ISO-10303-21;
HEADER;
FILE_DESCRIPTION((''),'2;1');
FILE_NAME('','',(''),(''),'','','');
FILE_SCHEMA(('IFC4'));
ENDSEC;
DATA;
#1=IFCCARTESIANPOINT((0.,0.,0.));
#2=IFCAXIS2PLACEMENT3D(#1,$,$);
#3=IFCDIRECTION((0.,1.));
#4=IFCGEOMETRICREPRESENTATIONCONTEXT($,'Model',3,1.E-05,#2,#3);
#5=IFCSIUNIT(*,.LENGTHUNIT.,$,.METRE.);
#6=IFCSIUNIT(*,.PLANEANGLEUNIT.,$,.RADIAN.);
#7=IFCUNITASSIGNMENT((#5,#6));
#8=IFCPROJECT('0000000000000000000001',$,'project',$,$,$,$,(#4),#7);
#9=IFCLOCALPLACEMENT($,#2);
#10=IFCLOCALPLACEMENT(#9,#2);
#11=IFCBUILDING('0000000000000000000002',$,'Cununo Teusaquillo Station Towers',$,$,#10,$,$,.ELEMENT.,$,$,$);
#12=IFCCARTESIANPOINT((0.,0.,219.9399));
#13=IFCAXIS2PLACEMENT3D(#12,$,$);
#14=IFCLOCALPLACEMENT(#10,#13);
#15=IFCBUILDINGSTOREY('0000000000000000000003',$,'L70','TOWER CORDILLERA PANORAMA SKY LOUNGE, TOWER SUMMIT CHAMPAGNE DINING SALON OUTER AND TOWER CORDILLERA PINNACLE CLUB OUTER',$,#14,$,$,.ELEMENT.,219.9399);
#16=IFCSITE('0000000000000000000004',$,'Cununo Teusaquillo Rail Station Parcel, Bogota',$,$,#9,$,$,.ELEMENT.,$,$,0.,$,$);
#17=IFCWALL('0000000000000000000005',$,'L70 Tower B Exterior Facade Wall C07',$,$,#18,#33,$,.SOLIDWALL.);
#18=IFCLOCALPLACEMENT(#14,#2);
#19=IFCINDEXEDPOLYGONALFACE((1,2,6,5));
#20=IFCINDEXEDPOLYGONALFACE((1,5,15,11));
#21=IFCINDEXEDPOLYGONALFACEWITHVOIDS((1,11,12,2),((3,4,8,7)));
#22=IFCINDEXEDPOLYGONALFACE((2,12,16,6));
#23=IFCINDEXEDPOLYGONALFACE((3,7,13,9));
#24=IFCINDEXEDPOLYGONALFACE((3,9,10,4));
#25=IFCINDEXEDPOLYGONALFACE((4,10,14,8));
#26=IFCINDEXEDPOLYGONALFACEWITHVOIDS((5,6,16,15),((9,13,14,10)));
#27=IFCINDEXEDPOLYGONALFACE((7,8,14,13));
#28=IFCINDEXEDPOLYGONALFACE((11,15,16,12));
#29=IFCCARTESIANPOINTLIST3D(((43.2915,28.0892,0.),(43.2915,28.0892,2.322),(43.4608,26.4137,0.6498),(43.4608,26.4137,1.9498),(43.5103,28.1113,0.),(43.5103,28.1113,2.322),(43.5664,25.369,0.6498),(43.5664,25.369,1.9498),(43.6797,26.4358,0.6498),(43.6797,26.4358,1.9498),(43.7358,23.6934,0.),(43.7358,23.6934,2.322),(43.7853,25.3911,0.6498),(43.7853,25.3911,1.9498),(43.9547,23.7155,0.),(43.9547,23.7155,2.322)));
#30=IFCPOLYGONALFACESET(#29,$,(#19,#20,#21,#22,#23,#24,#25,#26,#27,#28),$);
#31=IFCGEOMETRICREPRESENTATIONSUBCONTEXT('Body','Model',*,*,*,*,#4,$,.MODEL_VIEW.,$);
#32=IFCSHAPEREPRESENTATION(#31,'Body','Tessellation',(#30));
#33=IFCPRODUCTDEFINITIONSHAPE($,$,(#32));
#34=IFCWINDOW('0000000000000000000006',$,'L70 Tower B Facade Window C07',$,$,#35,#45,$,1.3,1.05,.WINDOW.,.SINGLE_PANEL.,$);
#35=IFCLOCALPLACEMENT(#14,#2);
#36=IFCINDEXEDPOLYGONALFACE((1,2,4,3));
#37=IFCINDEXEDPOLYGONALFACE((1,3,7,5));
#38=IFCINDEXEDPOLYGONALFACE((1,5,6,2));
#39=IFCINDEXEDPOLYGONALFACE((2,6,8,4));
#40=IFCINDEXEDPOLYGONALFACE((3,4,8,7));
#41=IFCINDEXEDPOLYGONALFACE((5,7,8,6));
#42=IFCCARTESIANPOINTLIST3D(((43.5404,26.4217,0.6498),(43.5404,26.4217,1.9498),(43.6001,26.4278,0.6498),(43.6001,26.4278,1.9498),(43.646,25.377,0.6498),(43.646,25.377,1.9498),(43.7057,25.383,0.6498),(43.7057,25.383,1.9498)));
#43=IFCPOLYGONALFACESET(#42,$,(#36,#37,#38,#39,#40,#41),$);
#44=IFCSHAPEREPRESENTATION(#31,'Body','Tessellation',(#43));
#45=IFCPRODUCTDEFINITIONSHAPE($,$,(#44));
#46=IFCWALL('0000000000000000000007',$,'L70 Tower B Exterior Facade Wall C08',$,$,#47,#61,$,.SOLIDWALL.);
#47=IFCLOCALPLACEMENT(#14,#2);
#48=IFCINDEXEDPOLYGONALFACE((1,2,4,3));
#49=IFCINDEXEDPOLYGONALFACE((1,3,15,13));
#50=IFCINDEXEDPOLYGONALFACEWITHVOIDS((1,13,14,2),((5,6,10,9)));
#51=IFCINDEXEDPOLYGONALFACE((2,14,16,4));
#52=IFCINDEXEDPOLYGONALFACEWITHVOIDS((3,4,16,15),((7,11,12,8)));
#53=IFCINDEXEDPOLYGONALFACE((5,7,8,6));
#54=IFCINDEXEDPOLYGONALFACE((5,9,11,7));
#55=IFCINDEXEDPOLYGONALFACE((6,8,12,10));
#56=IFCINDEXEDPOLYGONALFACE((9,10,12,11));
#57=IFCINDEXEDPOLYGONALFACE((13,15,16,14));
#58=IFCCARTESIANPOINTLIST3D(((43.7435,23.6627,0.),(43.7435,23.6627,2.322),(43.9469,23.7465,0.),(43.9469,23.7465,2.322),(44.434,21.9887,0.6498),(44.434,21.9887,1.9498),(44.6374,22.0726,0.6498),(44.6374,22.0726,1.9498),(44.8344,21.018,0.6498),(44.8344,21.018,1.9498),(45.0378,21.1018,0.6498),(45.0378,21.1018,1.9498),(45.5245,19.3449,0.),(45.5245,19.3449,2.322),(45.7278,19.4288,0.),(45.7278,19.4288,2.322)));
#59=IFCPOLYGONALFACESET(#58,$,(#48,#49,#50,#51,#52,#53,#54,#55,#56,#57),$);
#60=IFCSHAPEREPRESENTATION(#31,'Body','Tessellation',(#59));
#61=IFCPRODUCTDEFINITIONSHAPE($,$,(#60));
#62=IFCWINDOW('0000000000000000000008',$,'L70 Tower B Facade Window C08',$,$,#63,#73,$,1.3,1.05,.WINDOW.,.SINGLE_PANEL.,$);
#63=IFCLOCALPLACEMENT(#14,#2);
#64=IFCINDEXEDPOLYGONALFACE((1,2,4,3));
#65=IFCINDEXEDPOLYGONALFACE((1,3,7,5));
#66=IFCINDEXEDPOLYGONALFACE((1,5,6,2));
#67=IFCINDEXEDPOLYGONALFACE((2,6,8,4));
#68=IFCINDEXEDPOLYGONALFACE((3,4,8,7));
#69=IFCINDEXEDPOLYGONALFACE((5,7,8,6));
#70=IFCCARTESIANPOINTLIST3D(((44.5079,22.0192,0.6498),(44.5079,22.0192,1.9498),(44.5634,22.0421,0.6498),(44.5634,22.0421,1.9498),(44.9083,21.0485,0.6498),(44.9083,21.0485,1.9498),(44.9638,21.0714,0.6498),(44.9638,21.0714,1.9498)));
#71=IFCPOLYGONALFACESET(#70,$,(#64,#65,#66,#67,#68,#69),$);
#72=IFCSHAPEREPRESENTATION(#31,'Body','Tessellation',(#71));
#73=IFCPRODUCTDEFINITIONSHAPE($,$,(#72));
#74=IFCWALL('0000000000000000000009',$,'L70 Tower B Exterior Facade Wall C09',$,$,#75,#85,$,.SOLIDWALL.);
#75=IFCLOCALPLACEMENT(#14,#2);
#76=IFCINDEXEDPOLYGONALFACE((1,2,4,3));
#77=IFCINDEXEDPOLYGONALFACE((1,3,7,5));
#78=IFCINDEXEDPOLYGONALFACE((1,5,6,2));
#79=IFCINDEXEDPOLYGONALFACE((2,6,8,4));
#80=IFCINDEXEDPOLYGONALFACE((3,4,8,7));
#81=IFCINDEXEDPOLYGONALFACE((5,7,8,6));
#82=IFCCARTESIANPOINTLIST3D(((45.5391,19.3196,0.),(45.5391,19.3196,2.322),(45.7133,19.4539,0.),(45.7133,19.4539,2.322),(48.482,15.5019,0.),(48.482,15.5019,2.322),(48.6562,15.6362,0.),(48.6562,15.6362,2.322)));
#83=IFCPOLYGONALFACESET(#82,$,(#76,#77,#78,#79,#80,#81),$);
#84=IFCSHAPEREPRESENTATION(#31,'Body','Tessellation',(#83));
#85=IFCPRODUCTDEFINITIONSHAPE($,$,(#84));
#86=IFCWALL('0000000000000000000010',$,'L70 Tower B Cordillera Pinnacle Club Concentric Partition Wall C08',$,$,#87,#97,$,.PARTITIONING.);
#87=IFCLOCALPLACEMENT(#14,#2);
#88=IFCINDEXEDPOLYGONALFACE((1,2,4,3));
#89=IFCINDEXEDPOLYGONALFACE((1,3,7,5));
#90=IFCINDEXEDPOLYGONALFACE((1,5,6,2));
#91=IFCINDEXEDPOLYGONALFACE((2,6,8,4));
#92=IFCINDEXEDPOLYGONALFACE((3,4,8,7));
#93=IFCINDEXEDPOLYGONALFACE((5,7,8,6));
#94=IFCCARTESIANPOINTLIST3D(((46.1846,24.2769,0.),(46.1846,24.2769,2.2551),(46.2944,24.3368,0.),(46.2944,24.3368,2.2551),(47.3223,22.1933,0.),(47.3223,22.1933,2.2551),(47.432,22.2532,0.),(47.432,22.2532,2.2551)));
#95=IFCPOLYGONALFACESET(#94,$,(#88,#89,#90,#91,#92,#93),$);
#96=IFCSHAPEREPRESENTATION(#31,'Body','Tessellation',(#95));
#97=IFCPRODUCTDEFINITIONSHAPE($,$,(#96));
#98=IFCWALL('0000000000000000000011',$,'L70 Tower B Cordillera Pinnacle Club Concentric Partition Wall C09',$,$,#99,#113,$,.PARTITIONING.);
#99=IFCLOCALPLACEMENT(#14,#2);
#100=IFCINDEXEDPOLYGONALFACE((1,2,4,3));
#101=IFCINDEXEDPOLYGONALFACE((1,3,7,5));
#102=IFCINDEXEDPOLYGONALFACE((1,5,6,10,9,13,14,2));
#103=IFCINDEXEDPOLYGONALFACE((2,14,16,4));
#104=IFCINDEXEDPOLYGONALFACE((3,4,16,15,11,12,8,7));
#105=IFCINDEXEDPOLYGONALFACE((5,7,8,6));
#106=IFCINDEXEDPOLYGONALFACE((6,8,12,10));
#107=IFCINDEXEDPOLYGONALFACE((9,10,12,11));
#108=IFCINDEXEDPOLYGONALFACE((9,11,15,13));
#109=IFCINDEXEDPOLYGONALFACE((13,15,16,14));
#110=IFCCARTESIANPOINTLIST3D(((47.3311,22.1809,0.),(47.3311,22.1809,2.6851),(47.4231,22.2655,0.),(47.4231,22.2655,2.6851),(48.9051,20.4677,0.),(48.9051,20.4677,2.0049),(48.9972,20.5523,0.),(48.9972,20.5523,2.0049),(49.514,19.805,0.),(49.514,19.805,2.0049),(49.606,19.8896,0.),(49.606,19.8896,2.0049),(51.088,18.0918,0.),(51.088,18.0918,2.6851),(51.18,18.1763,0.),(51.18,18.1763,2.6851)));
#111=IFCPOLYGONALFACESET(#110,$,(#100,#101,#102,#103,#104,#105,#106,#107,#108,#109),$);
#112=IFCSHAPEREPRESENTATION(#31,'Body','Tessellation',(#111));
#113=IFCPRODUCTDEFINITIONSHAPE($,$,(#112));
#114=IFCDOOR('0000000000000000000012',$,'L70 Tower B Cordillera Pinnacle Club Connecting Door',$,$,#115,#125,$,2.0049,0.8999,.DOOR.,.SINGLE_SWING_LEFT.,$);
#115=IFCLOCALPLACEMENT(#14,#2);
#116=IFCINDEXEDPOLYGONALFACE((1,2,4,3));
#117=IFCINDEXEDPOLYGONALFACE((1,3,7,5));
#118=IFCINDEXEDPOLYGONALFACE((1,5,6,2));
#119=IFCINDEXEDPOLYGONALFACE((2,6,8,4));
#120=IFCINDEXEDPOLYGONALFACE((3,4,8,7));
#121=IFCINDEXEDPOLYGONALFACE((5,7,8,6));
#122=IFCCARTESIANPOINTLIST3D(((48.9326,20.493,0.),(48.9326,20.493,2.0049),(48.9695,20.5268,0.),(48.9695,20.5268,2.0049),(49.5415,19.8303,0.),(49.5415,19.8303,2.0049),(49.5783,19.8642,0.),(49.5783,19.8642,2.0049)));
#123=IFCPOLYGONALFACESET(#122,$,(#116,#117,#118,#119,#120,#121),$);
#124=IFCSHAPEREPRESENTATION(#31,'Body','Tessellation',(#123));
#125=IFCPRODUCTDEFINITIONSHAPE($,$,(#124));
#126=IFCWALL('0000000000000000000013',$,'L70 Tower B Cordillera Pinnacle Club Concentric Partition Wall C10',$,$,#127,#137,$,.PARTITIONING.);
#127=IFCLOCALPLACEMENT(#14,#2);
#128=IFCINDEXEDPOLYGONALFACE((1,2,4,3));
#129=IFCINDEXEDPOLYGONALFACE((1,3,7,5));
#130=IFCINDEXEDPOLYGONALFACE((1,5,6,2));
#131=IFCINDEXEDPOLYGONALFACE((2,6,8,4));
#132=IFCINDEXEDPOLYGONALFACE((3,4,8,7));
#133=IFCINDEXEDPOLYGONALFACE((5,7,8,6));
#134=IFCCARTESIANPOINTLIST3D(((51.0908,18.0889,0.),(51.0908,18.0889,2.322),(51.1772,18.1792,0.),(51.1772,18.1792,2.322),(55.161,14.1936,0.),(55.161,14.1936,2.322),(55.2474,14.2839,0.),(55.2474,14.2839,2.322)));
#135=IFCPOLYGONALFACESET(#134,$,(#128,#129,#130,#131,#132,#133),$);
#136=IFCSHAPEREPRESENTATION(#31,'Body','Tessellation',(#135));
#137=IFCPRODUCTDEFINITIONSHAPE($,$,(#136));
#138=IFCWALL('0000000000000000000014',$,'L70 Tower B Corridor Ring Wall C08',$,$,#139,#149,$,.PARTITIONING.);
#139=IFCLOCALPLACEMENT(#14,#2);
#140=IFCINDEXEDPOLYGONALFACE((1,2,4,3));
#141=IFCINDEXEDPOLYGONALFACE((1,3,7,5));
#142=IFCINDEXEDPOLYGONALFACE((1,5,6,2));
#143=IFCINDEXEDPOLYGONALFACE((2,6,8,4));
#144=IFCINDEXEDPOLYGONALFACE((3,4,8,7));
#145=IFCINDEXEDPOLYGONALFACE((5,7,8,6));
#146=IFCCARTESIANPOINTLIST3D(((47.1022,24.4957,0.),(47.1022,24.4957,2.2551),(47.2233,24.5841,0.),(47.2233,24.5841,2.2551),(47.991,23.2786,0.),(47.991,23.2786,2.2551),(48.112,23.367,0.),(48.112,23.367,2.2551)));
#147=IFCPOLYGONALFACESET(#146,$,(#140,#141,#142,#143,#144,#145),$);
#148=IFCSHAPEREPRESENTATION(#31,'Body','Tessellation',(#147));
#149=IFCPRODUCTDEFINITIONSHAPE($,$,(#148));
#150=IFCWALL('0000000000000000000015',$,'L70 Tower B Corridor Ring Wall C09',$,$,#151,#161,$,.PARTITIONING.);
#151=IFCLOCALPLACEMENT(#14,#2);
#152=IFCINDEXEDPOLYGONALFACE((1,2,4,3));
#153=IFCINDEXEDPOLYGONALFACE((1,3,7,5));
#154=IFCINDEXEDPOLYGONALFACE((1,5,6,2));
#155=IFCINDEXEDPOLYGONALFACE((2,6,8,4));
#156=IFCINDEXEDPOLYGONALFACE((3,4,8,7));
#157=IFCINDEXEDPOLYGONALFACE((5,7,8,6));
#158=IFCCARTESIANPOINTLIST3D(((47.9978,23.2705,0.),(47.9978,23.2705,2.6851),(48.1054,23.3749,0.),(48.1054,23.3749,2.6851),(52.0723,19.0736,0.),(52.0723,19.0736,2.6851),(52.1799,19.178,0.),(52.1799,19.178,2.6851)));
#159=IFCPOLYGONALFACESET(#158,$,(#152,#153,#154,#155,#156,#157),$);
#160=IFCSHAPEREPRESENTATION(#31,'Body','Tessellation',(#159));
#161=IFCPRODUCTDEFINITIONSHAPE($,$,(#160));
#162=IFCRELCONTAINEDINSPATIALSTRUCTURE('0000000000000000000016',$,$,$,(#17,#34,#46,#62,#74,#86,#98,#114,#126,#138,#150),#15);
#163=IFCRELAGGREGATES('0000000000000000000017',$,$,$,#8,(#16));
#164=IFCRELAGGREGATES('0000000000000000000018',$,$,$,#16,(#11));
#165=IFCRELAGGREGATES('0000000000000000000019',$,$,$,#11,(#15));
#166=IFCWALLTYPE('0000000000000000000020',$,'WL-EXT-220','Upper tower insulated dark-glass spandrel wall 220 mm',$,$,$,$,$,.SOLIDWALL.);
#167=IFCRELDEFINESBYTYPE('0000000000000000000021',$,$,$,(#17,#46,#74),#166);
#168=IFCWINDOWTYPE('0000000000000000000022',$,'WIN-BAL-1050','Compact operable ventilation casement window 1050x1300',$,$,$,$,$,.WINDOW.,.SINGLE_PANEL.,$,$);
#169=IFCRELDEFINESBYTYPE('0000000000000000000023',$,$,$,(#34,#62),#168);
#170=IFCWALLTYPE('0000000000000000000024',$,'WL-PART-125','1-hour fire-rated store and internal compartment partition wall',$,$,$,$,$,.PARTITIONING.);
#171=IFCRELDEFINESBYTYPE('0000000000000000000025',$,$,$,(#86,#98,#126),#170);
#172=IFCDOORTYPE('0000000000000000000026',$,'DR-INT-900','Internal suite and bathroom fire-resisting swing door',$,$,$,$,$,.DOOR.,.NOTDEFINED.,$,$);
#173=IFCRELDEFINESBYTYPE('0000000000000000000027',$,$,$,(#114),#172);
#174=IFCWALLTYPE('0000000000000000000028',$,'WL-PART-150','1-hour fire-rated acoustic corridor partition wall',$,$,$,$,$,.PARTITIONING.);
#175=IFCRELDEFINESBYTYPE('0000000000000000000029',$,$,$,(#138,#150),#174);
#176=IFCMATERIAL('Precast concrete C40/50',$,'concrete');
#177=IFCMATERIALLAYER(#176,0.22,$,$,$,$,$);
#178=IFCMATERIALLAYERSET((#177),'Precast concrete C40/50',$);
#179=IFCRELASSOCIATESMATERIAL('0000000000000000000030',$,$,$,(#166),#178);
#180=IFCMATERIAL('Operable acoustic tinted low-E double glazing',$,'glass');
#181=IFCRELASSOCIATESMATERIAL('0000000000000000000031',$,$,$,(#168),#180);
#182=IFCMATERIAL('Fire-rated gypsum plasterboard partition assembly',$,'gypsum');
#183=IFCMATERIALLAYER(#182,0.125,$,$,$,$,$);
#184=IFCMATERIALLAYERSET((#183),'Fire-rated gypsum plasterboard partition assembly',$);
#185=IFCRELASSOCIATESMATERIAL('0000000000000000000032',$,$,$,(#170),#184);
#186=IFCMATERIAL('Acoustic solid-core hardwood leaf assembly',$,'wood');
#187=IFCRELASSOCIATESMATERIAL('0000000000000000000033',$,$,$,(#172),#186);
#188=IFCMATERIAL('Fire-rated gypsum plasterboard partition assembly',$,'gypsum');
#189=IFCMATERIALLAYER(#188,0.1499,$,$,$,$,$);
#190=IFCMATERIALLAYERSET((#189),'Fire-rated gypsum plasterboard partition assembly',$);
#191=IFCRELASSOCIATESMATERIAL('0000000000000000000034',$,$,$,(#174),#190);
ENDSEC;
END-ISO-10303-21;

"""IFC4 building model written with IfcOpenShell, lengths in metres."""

from ifc_helpers import new_model, si_unit, direction, frame, frame_2d, origin, place, context, subcontext, project, spatial, rectangle, extrude, source, transform, mapped, material, layer, layer_set, type_object, element, fill, save


model = new_model("IFC4")

# Units and contexts
model_context = context("Model", 3, precision=1e-05, world=origin(), true_north=direction((0.0, 1.0)))
body_context = subcontext(model_context, "Body", "Model", "MODEL_VIEW")
ifc_project = project(units=[si_unit("LENGTHUNIT", "METRE"), si_unit("PLANEANGLEUNIT", "RADIAN")], contexts=[model_context])

# Site, building, storey
site_placement = place(None, origin())
site = spatial("IfcSite", under=ifc_project, at=site_placement, Name="Cununo Teusaquillo Rail Station Parcel, Bogota", CompositionType="ELEMENT", RefElevation=0.0)
building_placement = place(site_placement, origin())
building = spatial("IfcBuilding", under=site, at=building_placement, Name="Cununo Teusaquillo Station Towers", CompositionType="ELEMENT")
storey_placement = place(building_placement, frame((0.0, 0.0, 219.9399)))
storey = spatial("IfcBuildingStorey", under=building, at=storey_placement, Name="L70", Description="TOWER CORDILLERA PANORAMA SKY LOUNGE, TOWER SUMMIT CHAMPAGNE DINING SALON OUTER AND TOWER CORDILLERA PINNACLE CLUB OUTER", CompositionType="ELEMENT", Elevation=219.9399)

# Shared definitions
ifc_material_1 = material(Name="Precast concrete C40/50", Category="concrete")
ifc_layer_1 = layer(ifc_material_1, 0.22)
ifc_layer_set_1 = layer_set([ifc_layer_1], Name="Precast concrete C40/50")
wall_type_1 = type_object("IfcWallType", Name="WL-EXT-220", Description="Upper tower insulated dark-glass spandrel wall 220 mm", PredefinedType="SOLIDWALL", material=ifc_layer_set_1)

# Walls, openings, windows
shared_shape_1 = source(origin(), body_context, "Body", "SweptSolid", [
    extrude(rectangle(XDim=1.05, YDim=1.3, at=frame_2d((0.5249, 0.6499))), frame((0.0, 0.1199, 0.0), z_axis=(0.0, -1.0, 0.0), x_axis=(1.0, 0.0, 0.0)), (0.0, 0.0, 1.0), 0.24),
])
ifc_material_2 = material(Name="Operable acoustic tinted low-E double glazing", Category="glass")
window_type = type_object("IfcWindowType", Name="WIN-BAL-1050", Description="Compact operable ventilation casement window 1050x1300", PartitioningType="SINGLE_PANEL", PredefinedType="WINDOW", material=ifc_material_2)
shared_shape_2 = source(origin(), body_context, "Body", "SweptSolid", [
    extrude(rectangle(XDim=1.05, YDim=1.3, at=frame_2d((0.5249, 0.6499))), frame((0.0, 0.03, 0.0), z_axis=(0.0, -1.0, 0.0), x_axis=(1.0, 0.0, 0.0)), (0.0, 0.0, 1.0), 0.0601),
])
wall_1_placement = place(storey_placement, frame((43.8452, 23.7046, 0.0), z_axis=(0.0, 0.0, 1.0), x_axis=(-0.100571, 0.99493, 0.0)))
wall_1 = element("IfcWall", 1, at=wall_1_placement, inside=storey, type_object=wall_type_1, Name="L70 Tower B Exterior Facade Wall C07", PredefinedType="SOLIDWALL", context=body_context, shape_type="SweptSolid", body=[
    extrude(rectangle(XDim=4.4182, YDim=0.22, at=frame_2d((2.209, 0.0))), origin(), (0.0, 0.0, 1.0), 2.322),
])
opening_1_placement = place(wall_1_placement, frame((1.6841, 0.0, 0.6499)))
opening_1 = element("IfcOpeningElement", 2, at=opening_1_placement, cuts=wall_1, PredefinedType="OPENING", context=body_context, shape_type="MappedRepresentation", body=[
    mapped(shared_shape_1, transform((0.0, 0.0, 0.0), x_axis=(1.0, 0.0, 0.0), y_axis=(0.0, 1.0, 0.0), z_axis=(0.0, 0.0, 1.0), scale=1.0)),
])
window_1_placement = place(opening_1_placement, origin())
window_1 = element("IfcWindow", 3, at=window_1_placement, inside=storey, type_object=window_type, Name="L70 Tower B Facade Window C07", OverallHeight=1.3, OverallWidth=1.05, PartitioningType="SINGLE_PANEL", PredefinedType="WINDOW", context=body_context, shape_type="MappedRepresentation", body=[
    mapped(shared_shape_2, transform((0.0, 0.0, 0.0), x_axis=(1.0, 0.0, 0.0), y_axis=(0.0, 1.0, 0.0), z_axis=(0.0, 0.0, 1.0), scale=1.0)),
])
fill(opening_1, window_1)
wall_2_placement = place(storey_placement, frame((45.6262, 19.3867, 0.0), z_axis=(0.0, 0.0, 1.0), x_axis=(-0.38131, 0.924447, 0.0)))
wall_2 = element("IfcWall", 4, at=wall_2_placement, inside=storey, type_object=wall_type_1, Name="L70 Tower B Exterior Facade Wall C08", PredefinedType="SOLIDWALL", context=body_context, shape_type="SweptSolid", body=[
    extrude(rectangle(XDim=4.6707, YDim=0.22, at=frame_2d((2.3354, 0.0))), origin(), (0.0, 0.0, 1.0), 2.322),
])
opening_2_placement = place(wall_2_placement, frame((1.8101, 0.0, 0.6499)))
opening_2 = element("IfcOpeningElement", 5, at=opening_2_placement, cuts=wall_2, PredefinedType="OPENING", context=body_context, shape_type="MappedRepresentation", body=[
    mapped(shared_shape_1, transform((0.0, 0.0, 0.0), x_axis=(1.0, 0.0, 0.0), y_axis=(0.0, 1.0, 0.0), z_axis=(0.0, 0.0, 1.0), scale=1.0)),
])
window_2_placement = place(opening_2_placement, origin())
window_2 = element("IfcWindow", 6, at=window_2_placement, inside=storey, type_object=window_type, Name="L70 Tower B Facade Window C08", OverallHeight=1.3, OverallWidth=1.05, PartitioningType="SINGLE_PANEL", PredefinedType="WINDOW", context=body_context, shape_type="MappedRepresentation", body=[
    mapped(shared_shape_2, transform((0.0, 0.0, 0.0), x_axis=(1.0, 0.0, 0.0), y_axis=(0.0, 1.0, 0.0), z_axis=(0.0, 0.0, 1.0), scale=1.0)),
])
fill(opening_2, window_2)

# Walls
wall_3_placement = place(storey_placement, frame((48.5691, 15.5691, 0.0), z_axis=(0.0, 0.0, 1.0), x_axis=(-0.610523, 0.791998, 0.0)))
element("IfcWall", 7, at=wall_3_placement, inside=storey, type_object=wall_type_1, Name="L70 Tower B Exterior Facade Wall C09", PredefinedType="SOLIDWALL", context=body_context, shape_type="SweptSolid", body=[
    extrude(rectangle(XDim=4.8203, YDim=0.22, at=frame_2d((2.4102, 0.0))), origin(), (0.0, 0.0, 1.0), 2.322),
])
ifc_material_3 = material(Name="Fire-rated gypsum plasterboard partition assembly", Category="gypsum")
ifc_layer_2 = layer(ifc_material_3, 0.125)
ifc_layer_set_2 = layer_set([ifc_layer_2], Name="Fire-rated gypsum plasterboard partition assembly")
wall_type_2 = type_object("IfcWallType", Name="WL-PART-125", Description="1-hour fire-rated store and internal compartment partition wall", PredefinedType="PARTITIONING", material=ifc_layer_set_2)
wall_4_placement = place(storey_placement, frame((46.2395, 24.3069, 0.0), z_axis=(0.0, 0.0, 1.0), x_axis=(0.479212, -0.877699, 0.0)))
element("IfcWall", 8, at=wall_4_placement, inside=storey, type_object=wall_type_2, Name="L70 Tower B Cordillera Pinnacle Club Concentric Partition Wall C08", PredefinedType="PARTITIONING", context=body_context, shape_type="SweptSolid", body=[
    extrude(rectangle(XDim=2.374, YDim=0.125, at=frame_2d((1.187, 0.0))), origin(), (0.0, 0.0, 1.0), 2.2551),
])

# Wall, opening, door
wall_5_placement = place(storey_placement, frame((47.3772, 22.2231, 0.0), z_axis=(0.0, 0.0, 1.0), x_axis=(0.676554, -0.736393, 0.0)))
wall_5 = element("IfcWall", 9, at=wall_5_placement, inside=storey, type_object=wall_type_2, Name="L70 Tower B Cordillera Pinnacle Club Concentric Partition Wall C09", PredefinedType="PARTITIONING", context=body_context, shape_type="SweptSolid", body=[
    extrude(rectangle(XDim=5.553, YDim=0.125, at=frame_2d((2.7764, 0.0))), origin(), (0.0, 0.0, 1.0), 2.6851),
])
shared_shape_3 = source(origin(), body_context, "Body", "SweptSolid", [
    extrude(rectangle(XDim=0.8999, YDim=2.0049, at=frame_2d((0.45, 1.0024))), frame((0.0, 0.0725, 0.0), z_axis=(0.0, -1.0, 0.0), x_axis=(1.0, 0.0, 0.0)), (0.0, 0.0, 1.0), 0.145),
])
opening_3_placement = place(wall_5_placement, frame((2.3264, 0.0, 0.0)))
opening_3 = element("IfcOpeningElement", 10, at=opening_3_placement, cuts=wall_5, PredefinedType="OPENING", context=body_context, shape_type="MappedRepresentation", body=[
    mapped(shared_shape_3, transform((0.0, 0.0, 0.0), x_axis=(1.0, 0.0, 0.0), y_axis=(0.0, 1.0, 0.0), z_axis=(0.0, 0.0, 1.0), scale=1.0)),
])
ifc_material_4 = material(Name="Acoustic solid-core hardwood leaf assembly", Category="wood")
door_type_1 = type_object("IfcDoorType", Name="DR-INT-900", Description="Internal suite and bathroom fire-resisting swing door", OperationType="NOTDEFINED", PredefinedType="DOOR", material=ifc_material_4)
shared_shape_4 = source(origin(), body_context, "Body", "SweptSolid", [
    extrude(rectangle(XDim=0.8999, YDim=2.0049, at=frame_2d((0.45, 1.0024))), frame((0.0, 0.0249, 0.0), z_axis=(0.0, -1.0, 0.0), x_axis=(1.0, 0.0, 0.0)), (0.0, 0.0, 1.0), 0.05),
])
door_1_placement = place(opening_3_placement, origin())
door_1 = element("IfcDoor", 11, at=door_1_placement, inside=storey, type_object=door_type_1, Name="L70 Tower B Cordillera Pinnacle Club Connecting Door", OperationType="SINGLE_SWING_LEFT", OverallHeight=2.0049, OverallWidth=0.8999, PredefinedType="DOOR", context=body_context, shape_type="MappedRepresentation", body=[
    mapped(shared_shape_4, transform((0.0, 0.0, 0.0), x_axis=(1.0, 0.0, 0.0), y_axis=(0.0, 1.0, 0.0), z_axis=(0.0, 0.0, 1.0), scale=1.0)),
])
fill(opening_3, door_1)

# Walls
wall_6_placement = place(storey_placement, frame((51.134, 18.134, 0.0), z_axis=(0.0, 0.0, 1.0), x_axis=(0.722451, -0.691422, 0.0)))
element("IfcWall", 12, at=wall_6_placement, inside=storey, type_object=wall_type_2, Name="L70 Tower B Cordillera Pinnacle Club Concentric Partition Wall C10", PredefinedType="PARTITIONING", context=body_context, shape_type="SweptSolid", body=[
    extrude(rectangle(XDim=5.6338, YDim=0.125, at=frame_2d((2.8169, 0.0))), origin(), (0.0, 0.0, 1.0), 2.322),
])
ifc_material_5 = material(Name="Fire-rated gypsum plasterboard partition assembly", Category="gypsum")
ifc_layer_3 = layer(ifc_material_5, 0.1499)
ifc_layer_set_3 = layer_set([ifc_layer_3], Name="Fire-rated gypsum plasterboard partition assembly")
wall_type_3 = type_object("IfcWallType", Name="WL-PART-150", Description="1-hour fire-rated acoustic corridor partition wall", PredefinedType="PARTITIONING", material=ifc_layer_set_3)
wall_7_placement = place(storey_placement, frame((47.1628, 24.5398, 0.0), z_axis=(0.0, 0.0, 1.0), x_axis=(0.589712, -0.807614, 0.0)))
element("IfcWall", 13, at=wall_7_placement, inside=storey, type_object=wall_type_3, Name="L70 Tower B Corridor Ring Wall C08", PredefinedType="PARTITIONING", context=body_context, shape_type="SweptSolid", body=[
    extrude(rectangle(XDim=1.5071, YDim=0.1499, at=frame_2d((0.7534, 0.0))), origin(), (0.0, 0.0, 1.0), 2.2551),
])
wall_8_placement = place(storey_placement, frame((48.0515, 23.3228, 0.0), z_axis=(0.0, 0.0, 1.0), x_axis=(0.696574, -0.717485, 0.0)))
element("IfcWall", 14, at=wall_8_placement, inside=storey, type_object=wall_type_3, Name="L70 Tower B Corridor Ring Wall C09", PredefinedType="PARTITIONING", context=body_context, shape_type="SweptSolid", body=[
    extrude(rectangle(XDim=5.8494, YDim=0.1499, at=frame_2d((2.9248, 0.0))), origin(), (0.0, 0.0, 1.0), 2.6851),
])

save(model, "model.ifc")
